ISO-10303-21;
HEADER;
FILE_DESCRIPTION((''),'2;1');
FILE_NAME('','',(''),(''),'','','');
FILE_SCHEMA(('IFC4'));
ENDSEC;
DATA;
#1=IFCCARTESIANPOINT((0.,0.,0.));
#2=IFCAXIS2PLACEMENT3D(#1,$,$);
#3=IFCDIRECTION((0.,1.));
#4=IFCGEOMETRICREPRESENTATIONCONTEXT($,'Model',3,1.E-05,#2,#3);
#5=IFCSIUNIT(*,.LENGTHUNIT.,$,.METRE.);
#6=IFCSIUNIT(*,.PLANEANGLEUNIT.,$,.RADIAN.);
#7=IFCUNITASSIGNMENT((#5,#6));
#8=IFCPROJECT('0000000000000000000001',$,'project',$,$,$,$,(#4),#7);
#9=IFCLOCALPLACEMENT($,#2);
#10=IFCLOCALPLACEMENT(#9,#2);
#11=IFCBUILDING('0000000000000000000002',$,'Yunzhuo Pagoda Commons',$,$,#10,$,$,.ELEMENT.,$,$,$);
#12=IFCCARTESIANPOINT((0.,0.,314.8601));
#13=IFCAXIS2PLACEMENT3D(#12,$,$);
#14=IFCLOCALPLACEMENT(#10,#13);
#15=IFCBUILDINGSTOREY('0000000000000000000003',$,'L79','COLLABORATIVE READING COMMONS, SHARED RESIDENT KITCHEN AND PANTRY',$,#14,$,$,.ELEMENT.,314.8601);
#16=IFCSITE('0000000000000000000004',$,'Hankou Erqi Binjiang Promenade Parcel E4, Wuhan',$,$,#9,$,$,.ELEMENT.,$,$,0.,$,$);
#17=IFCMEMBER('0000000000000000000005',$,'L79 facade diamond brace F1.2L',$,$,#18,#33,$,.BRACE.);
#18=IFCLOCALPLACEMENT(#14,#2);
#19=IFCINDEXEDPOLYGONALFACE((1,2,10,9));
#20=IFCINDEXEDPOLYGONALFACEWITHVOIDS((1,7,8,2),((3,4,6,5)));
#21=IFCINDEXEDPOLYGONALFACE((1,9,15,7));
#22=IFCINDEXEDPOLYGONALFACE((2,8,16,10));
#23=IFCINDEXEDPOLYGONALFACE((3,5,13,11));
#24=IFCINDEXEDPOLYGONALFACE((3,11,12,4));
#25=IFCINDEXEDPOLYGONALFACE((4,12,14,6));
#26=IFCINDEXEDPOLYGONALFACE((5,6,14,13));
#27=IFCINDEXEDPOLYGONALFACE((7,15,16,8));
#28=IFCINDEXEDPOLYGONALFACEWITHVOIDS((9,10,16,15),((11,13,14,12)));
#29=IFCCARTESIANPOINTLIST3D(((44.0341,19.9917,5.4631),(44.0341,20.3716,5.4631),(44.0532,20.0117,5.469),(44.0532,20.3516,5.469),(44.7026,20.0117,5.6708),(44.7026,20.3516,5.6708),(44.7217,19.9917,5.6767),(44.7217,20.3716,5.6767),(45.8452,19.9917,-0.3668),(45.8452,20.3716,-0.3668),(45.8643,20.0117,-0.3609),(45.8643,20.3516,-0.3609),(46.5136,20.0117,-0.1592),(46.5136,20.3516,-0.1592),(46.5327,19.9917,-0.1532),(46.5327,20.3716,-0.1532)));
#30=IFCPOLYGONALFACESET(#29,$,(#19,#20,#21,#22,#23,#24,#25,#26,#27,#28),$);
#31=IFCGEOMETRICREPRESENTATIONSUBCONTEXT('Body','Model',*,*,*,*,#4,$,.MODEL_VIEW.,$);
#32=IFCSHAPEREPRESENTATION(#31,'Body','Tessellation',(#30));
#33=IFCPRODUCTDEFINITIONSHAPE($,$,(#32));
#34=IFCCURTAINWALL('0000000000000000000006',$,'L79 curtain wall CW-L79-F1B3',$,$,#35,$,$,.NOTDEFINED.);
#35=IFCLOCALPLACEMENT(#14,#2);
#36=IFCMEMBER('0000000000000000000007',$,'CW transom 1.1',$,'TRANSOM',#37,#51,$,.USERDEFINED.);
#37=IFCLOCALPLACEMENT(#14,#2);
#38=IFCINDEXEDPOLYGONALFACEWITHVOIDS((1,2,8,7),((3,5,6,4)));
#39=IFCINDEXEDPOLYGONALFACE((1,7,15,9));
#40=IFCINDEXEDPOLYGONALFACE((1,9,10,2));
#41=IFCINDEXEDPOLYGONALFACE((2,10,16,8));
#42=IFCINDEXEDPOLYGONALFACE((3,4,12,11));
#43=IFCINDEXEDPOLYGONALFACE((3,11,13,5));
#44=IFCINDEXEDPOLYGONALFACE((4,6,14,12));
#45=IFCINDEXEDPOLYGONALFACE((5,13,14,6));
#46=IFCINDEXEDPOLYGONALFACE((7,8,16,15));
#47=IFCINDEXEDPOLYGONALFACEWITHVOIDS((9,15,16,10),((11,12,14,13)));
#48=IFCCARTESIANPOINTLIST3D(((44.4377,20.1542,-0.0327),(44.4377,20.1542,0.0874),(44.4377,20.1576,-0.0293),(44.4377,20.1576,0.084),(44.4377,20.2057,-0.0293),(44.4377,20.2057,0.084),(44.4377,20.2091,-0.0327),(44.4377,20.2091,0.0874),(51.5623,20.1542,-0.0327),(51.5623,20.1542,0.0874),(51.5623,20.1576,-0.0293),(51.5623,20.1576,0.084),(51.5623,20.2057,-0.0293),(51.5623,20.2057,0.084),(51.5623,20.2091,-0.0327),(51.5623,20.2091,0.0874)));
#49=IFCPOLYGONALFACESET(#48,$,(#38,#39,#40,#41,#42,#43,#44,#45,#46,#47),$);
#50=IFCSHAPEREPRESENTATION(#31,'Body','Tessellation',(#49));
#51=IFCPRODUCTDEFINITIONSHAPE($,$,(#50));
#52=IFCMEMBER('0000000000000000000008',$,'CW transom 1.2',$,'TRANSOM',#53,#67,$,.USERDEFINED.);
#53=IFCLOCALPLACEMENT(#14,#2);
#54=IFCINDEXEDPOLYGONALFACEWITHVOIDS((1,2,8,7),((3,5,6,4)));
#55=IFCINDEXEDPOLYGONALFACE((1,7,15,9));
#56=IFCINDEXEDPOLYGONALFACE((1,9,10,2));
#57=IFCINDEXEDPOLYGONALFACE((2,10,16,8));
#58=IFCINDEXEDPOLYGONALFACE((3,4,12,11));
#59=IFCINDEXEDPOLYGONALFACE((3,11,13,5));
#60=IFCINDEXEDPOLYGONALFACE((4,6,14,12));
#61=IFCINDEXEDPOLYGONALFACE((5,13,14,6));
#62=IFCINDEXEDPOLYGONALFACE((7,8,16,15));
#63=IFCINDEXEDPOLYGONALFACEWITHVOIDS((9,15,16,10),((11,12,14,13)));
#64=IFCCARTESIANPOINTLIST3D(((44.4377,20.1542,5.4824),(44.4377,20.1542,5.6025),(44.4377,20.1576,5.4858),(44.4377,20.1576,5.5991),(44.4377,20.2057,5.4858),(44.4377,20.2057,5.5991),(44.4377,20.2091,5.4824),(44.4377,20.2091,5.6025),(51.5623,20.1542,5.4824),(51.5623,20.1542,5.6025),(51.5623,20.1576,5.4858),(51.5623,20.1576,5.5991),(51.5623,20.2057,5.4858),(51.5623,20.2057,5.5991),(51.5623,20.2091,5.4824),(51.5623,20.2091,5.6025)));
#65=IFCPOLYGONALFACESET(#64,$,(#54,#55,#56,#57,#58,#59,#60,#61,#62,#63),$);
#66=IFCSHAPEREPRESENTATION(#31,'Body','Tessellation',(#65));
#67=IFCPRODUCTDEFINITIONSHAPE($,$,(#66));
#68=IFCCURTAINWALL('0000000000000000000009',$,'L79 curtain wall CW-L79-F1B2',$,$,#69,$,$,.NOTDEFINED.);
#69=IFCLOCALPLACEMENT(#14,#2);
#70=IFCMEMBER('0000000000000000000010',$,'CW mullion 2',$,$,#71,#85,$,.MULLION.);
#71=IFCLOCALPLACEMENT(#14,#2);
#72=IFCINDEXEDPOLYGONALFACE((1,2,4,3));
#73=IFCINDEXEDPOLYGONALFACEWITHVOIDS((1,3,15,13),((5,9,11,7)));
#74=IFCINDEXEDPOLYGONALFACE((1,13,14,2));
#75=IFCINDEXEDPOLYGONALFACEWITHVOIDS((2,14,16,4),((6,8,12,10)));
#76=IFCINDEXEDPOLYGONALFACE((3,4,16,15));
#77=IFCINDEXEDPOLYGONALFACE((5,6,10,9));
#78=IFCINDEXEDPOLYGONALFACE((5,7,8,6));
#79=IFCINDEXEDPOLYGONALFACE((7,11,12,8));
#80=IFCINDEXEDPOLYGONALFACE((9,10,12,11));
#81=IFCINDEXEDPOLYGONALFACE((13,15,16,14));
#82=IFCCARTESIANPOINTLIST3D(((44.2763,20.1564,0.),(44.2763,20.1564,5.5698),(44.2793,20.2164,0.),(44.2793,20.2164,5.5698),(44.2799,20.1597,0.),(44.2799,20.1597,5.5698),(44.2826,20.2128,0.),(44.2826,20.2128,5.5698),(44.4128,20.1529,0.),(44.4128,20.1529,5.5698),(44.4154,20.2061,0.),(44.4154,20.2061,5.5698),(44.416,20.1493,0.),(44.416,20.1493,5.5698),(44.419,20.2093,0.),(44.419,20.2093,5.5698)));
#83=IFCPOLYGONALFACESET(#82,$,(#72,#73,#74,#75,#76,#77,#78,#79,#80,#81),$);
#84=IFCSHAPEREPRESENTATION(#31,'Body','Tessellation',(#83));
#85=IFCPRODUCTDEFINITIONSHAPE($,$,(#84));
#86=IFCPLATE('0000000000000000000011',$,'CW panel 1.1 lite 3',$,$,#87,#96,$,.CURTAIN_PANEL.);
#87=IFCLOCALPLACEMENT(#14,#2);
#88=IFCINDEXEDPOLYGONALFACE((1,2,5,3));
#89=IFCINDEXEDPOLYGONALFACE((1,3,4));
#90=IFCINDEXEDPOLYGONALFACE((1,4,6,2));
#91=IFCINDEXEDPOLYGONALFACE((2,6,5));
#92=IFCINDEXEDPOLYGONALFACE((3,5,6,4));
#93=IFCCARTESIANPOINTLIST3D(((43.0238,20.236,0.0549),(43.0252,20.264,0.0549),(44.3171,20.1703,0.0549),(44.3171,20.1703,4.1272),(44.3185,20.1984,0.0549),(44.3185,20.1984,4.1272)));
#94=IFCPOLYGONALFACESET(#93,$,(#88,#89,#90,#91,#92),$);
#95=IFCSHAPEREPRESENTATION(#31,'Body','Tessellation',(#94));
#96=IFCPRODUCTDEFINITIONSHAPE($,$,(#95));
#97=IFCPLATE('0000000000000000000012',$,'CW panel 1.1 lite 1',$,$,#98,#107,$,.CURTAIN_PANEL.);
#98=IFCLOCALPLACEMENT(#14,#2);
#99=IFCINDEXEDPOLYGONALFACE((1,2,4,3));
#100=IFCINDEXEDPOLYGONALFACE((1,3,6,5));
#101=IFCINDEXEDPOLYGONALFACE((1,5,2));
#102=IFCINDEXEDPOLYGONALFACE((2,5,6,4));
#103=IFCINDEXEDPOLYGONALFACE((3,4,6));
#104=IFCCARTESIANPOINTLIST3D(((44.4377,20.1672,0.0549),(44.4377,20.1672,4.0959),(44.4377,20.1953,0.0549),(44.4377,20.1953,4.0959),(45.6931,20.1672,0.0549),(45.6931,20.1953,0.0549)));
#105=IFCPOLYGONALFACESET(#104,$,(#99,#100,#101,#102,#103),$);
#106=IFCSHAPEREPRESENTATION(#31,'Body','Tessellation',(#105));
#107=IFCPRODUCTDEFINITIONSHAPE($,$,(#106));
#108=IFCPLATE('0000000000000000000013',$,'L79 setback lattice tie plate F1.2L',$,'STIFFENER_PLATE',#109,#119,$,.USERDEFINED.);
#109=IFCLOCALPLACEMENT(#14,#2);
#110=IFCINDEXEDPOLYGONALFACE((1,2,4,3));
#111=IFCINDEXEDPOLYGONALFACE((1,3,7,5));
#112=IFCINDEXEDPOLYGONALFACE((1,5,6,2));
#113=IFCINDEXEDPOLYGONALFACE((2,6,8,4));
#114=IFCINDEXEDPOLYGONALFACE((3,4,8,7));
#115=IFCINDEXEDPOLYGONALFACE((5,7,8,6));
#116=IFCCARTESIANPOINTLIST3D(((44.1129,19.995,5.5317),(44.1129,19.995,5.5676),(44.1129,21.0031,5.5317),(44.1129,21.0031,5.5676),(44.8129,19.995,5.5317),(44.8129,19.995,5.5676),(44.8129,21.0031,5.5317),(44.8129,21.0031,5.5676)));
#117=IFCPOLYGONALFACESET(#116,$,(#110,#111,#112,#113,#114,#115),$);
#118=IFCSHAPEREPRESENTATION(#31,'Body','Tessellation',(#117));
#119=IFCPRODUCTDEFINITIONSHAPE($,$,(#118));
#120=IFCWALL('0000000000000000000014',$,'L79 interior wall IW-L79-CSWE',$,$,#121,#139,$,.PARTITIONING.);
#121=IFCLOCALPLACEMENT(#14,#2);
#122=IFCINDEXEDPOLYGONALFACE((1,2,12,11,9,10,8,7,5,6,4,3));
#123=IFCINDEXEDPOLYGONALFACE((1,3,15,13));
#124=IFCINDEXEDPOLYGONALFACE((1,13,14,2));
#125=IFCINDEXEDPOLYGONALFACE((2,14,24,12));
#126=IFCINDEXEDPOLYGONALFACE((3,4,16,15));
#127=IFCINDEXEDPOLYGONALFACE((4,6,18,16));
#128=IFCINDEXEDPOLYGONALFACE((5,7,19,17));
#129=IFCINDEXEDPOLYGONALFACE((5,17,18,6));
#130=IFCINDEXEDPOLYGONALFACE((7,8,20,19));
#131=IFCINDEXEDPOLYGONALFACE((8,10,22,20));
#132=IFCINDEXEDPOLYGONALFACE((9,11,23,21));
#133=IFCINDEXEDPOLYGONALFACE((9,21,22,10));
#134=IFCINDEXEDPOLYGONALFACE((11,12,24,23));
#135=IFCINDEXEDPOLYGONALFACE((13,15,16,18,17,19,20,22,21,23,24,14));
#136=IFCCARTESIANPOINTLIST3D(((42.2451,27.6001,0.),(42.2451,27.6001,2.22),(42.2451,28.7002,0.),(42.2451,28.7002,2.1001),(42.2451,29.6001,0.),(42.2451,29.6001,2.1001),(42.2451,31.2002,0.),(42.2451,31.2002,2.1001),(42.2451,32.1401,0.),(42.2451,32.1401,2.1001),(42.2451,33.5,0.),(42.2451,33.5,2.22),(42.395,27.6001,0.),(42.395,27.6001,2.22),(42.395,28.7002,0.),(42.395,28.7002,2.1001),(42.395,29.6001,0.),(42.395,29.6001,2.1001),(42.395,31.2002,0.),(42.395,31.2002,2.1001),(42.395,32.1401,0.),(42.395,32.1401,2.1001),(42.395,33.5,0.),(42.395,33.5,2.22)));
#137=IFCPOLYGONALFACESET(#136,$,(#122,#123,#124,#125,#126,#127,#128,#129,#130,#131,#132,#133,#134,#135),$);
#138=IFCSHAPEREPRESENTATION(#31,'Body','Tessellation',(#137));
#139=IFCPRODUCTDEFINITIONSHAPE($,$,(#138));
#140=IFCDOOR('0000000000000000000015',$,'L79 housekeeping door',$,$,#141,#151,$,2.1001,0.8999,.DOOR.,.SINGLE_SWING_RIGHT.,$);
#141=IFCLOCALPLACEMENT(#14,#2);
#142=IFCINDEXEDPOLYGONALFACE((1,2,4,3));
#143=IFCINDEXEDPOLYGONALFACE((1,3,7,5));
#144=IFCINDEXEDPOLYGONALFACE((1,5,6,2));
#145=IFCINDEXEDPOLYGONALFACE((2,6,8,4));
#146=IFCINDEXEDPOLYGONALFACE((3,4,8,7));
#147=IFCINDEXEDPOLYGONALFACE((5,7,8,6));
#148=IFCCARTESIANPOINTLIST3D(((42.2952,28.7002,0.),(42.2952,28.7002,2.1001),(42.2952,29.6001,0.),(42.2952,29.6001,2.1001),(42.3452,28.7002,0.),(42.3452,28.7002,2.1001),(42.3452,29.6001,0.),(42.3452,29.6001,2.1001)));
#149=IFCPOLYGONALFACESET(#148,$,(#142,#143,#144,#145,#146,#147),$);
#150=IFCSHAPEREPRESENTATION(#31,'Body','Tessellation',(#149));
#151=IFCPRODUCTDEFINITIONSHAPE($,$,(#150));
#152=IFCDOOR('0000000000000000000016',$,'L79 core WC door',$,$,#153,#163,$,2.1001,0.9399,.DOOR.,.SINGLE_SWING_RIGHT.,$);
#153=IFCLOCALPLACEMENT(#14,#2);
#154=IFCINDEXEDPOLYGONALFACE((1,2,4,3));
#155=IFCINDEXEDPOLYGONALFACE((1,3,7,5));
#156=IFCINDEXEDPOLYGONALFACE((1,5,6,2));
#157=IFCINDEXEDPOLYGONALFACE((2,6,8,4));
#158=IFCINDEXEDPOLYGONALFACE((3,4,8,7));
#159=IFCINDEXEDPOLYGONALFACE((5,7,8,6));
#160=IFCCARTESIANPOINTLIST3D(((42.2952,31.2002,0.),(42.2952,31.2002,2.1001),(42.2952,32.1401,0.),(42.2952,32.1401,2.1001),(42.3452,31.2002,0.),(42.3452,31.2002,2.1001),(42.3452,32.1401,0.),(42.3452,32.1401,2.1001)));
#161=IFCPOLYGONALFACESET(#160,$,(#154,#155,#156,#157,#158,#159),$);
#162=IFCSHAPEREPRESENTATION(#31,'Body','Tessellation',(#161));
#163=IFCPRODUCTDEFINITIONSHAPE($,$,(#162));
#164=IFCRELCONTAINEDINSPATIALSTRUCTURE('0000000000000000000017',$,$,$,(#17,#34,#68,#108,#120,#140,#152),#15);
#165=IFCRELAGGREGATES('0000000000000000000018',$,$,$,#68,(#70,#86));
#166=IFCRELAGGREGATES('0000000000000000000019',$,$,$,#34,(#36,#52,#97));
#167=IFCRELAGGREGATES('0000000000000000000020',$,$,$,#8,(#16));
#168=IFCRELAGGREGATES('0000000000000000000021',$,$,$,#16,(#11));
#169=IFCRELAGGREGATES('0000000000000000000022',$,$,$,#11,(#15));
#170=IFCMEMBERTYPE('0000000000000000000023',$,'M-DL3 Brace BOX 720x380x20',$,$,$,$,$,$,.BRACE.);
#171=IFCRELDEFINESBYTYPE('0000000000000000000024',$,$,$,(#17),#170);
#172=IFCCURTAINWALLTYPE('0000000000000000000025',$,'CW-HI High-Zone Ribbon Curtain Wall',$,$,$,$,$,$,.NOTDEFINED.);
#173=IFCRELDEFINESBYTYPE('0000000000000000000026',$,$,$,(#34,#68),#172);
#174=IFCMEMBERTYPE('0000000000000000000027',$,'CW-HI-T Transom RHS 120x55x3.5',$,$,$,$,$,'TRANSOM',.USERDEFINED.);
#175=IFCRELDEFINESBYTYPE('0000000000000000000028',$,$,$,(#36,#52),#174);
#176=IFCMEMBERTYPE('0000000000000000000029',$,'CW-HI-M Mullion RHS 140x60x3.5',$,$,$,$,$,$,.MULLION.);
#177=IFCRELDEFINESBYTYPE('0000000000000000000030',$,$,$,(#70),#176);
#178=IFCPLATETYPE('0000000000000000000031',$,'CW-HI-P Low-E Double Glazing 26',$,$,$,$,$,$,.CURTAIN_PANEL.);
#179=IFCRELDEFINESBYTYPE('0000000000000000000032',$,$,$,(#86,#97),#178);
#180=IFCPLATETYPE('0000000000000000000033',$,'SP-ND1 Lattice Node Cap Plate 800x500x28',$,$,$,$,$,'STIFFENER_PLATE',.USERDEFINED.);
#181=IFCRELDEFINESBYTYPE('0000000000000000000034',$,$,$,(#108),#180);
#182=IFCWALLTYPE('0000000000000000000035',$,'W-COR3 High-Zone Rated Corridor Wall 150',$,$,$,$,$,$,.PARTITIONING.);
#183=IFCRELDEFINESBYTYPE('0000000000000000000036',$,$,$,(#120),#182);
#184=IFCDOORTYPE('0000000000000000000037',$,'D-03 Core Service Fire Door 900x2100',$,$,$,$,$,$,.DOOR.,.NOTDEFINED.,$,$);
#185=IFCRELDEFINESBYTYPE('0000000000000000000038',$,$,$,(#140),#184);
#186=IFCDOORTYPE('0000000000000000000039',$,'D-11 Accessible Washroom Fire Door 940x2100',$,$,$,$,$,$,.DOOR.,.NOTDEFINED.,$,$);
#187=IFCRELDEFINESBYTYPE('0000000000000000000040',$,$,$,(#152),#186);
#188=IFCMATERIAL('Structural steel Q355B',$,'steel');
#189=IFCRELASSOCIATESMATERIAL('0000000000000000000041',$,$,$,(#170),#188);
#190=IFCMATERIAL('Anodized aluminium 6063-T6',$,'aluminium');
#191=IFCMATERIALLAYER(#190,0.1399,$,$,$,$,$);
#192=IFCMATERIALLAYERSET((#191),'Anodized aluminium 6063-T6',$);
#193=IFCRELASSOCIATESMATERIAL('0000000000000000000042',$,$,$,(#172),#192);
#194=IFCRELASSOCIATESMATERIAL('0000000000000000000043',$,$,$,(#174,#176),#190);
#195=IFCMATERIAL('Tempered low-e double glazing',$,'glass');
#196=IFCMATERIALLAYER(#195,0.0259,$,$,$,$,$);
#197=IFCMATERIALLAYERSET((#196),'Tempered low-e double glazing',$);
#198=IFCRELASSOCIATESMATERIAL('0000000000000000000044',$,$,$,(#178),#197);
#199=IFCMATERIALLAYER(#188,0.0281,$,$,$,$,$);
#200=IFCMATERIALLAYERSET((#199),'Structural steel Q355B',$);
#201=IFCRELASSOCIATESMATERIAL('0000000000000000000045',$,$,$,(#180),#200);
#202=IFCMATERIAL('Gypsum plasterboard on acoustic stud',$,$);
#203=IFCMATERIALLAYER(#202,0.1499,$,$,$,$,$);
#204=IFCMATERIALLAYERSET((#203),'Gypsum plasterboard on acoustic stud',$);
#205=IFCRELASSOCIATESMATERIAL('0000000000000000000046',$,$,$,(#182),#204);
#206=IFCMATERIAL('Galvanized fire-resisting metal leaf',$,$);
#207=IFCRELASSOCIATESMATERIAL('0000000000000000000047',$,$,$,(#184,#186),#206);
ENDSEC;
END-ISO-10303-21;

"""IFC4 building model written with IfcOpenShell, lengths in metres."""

from ifc_helpers import new_model, si_unit, direction, frame, frame_2d, origin, origin_with_axes, origin_2d, place, context, subcontext, project, spatial, polyline, rectangle, hollow_rectangle, outline, extrude, source, transform, mapped, material, layer, layer_set, material_profile, profile_set, type_object, element, fill, aggregate, save


model = new_model("IFC4")

# Units and contexts
model_context = context("Model", 3, precision=1e-05, world=origin(), true_north=direction((0.0, 1.0)))
body_context = subcontext(model_context, "Body", "Model", "MODEL_VIEW")
ifc_project = project(units=[si_unit("LENGTHUNIT", "METRE"), si_unit("PLANEANGLEUNIT", "RADIAN")], contexts=[model_context])

# Site, building, storey
site_placement = place(None, origin())
site = spatial("IfcSite", under=ifc_project, at=site_placement, Name="Hankou Erqi Binjiang Promenade Parcel E4, Wuhan", CompositionType="ELEMENT", RefElevation=0.0)
building_placement = place(site_placement, origin())
building = spatial("IfcBuilding", under=site, at=building_placement, Name="Yunzhuo Pagoda Commons", CompositionType="ELEMENT")
storey_placement = place(building_placement, frame((0.0, 0.0, 314.8601)))
storey = spatial("IfcBuildingStorey", under=building, at=storey_placement, Name="L79", Description="COLLABORATIVE READING COMMONS, SHARED RESIDENT KITCHEN AND PANTRY", CompositionType="ELEMENT", Elevation=314.8601)

# Shared definitions
ifc_material_1 = material(Name="Structural steel Q355B", Category="steel")

# Member
ifc_material_profile_1 = material_profile(ifc_material_1, hollow_rectangle(XDim=0.3799, YDim=0.72, WallThickness=0.02, at=origin_2d()), Name="Structural steel Q355B")
ifc_profile_set_1 = profile_set([ifc_material_profile_1], Name="Structural steel Q355B")
member_type_1 = type_object("IfcMemberType", Name="M-DL3 Brace BOX 720x380x20", PredefinedType="BRACE", material=ifc_profile_set_1)
shared_shape_1 = source(origin(), body_context, "Body", "SweptSolid", [
    extrude(hollow_rectangle(XDim=0.3799, YDim=0.72, WallThickness=0.02, at=origin_2d()), origin(), (0.0, 0.0, 1.0), 6.1047),
])
member_1_placement = place(storey_placement, frame((46.189, 20.1816, -0.26), z_axis=(-0.296665, 0.0, 0.954982), x_axis=(0.0, -1.0, 0.0)))
element("IfcMember", 1, at=member_1_placement, inside=storey, type_object=member_type_1, Name="L79 facade diamond brace F1.2L", PredefinedType="BRACE", context=body_context, shape_type="MappedRepresentation", body=[
    mapped(shared_shape_1, transform((0.0, 0.0, 0.0), scale=1.0)),
])

# Curtain wall, members
ifc_material_2 = material(Name="Anodized aluminium 6063-T6", Category="aluminium")
ifc_layer_1 = layer(ifc_material_2, 0.1399)
ifc_layer_set_1 = layer_set([ifc_layer_1], Name="Anodized aluminium 6063-T6")
curtain_wall_type = type_object("IfcCurtainWallType", Name="CW-HI High-Zone Ribbon Curtain Wall", PredefinedType="NOTDEFINED", material=ifc_layer_set_1)
curtain_wall_1_placement = place(storey_placement, origin())
curtain_wall_1 = element("IfcCurtainWall", 2, at=curtain_wall_1_placement, inside=storey, type_object=curtain_wall_type, Name="L79 curtain wall CW-L79-F1B3", PredefinedType="NOTDEFINED")
ifc_material_profile_2 = material_profile(ifc_material_2, hollow_rectangle(XDim=0.0549, YDim=0.1201, WallThickness=0.0034, at=origin_2d()), Name="Anodized aluminium 6063-T6")
ifc_profile_set_2 = profile_set([ifc_material_profile_2], Name="Anodized aluminium 6063-T6")
member_type_2 = type_object("IfcMemberType", Name="CW-HI-T Transom RHS 120x55x3.5", ElementType="TRANSOM", PredefinedType="USERDEFINED", material=ifc_profile_set_2)
shared_shape_2 = source(origin(), body_context, "Body", "SweptSolid", [
    extrude(hollow_rectangle(XDim=0.0549, YDim=0.1201, WallThickness=0.0034, at=origin_2d()), origin(), (0.0, 0.0, 1.0), 7.1245),
])
member_2_placement = place(storey_placement, frame((44.4377, 20.1816, 0.0273), z_axis=(1.0, 0.0, 0.0), x_axis=(0.0, 1.0, 0.0)))
member_2 = element("IfcMember", 3, at=member_2_placement, type_object=member_type_2, Name="CW transom 1.1", ObjectType="TRANSOM", PredefinedType="USERDEFINED", context=body_context, shape_type="MappedRepresentation", body=[
    mapped(shared_shape_2, transform((0.0, 0.0, 0.0), scale=1.0)),
])
member_3_placement = place(storey_placement, frame((44.4377, 20.1816, 5.5425), z_axis=(1.0, 0.0, 0.0), x_axis=(0.0, 1.0, 0.0)))
member_3 = element("IfcMember", 4, at=member_3_placement, type_object=member_type_2, Name="CW transom 1.2", ObjectType="TRANSOM", PredefinedType="USERDEFINED", context=body_context, shape_type="MappedRepresentation", body=[
    mapped(shared_shape_2, transform((0.0, 0.0, 0.0), scale=1.0)),
])

# Curtain wall, member, plate
curtain_wall_2_placement = place(storey_placement, origin())
curtain_wall_2 = element("IfcCurtainWall", 5, at=curtain_wall_2_placement, inside=storey, type_object=curtain_wall_type, Name="L79 curtain wall CW-L79-F1B2", PredefinedType="NOTDEFINED")
ifc_material_profile_3 = material_profile(ifc_material_2, hollow_rectangle(XDim=0.0601, YDim=0.1399, WallThickness=0.0034, at=origin_2d()), Name="Anodized aluminium 6063-T6")
ifc_profile_set_3 = profile_set([ifc_material_profile_3], Name="Anodized aluminium 6063-T6")
member_type_3 = type_object("IfcMemberType", Name="CW-HI-M Mullion RHS 140x60x3.5", PredefinedType="MULLION", material=ifc_profile_set_3)
shared_shape_3 = source(origin(), body_context, "Body", "SweptSolid", [
    extrude(hollow_rectangle(XDim=0.0601, YDim=0.1399, WallThickness=0.0034, at=origin_2d()), origin(), (0.0, 0.0, 1.0), 5.5698),
])
member_4_placement = place(storey_placement, frame((44.3477, 20.1829, 0.0), z_axis=(0.0, 0.0, 1.0), x_axis=(0.050692, 0.998714, 0.0)))
member_4 = element("IfcMember", 6, at=member_4_placement, type_object=member_type_3, Name="CW mullion 2", PredefinedType="MULLION", context=body_context, shape_type="MappedRepresentation", body=[
    mapped(shared_shape_3, transform((0.0, 0.0, 0.0), scale=1.0)),
])
ifc_material_3 = material(Name="Tempered low-e double glazing", Category="glass")
ifc_layer_2 = layer(ifc_material_3, 0.0259)
ifc_layer_set_2 = layer_set([ifc_layer_2], Name="Tempered low-e double glazing")
plate_type_1 = type_object("IfcPlateType", Name="CW-HI-P Low-E Double Glazing 26", PredefinedType="CURTAIN_PANEL", material=ifc_layer_set_2)
plate_1_placement = place(storey_placement, frame((43.6719, 20.2312, 2.0911), z_axis=(-0.050692, -0.998714, 0.0), x_axis=(0.998714, -0.050692, 0.0)))
plate_1 = element("IfcPlate", 7, at=plate_1_placement, type_object=plate_type_1, Name="CW panel 1.1 lite 3", PredefinedType="CURTAIN_PANEL", context=body_context, shape_type="SweptSolid", body=[
    extrude(outline(polyline([(-0.6475, -2.0361), (0.6475, -2.0361), (0.6475, 2.0361), (-0.6475, -2.0361)])), origin(), (0.0, 0.0, 1.0), 0.0281),
])
aggregate(curtain_wall_2, [member_4, plate_1])

# Plates
plate_2_placement = place(storey_placement, frame((45.0654, 20.1953, 2.0754), z_axis=(0.0, -1.0, 0.0), x_axis=(1.0, 0.0, 0.0)))
plate_2 = element("IfcPlate", 8, at=plate_2_placement, type_object=plate_type_1, Name="CW panel 1.1 lite 1", PredefinedType="CURTAIN_PANEL", context=body_context, shape_type="SweptSolid", body=[
    extrude(outline(polyline([(-0.6277, -2.0205), (0.6277, -2.0205), (-0.6277, 2.0205), (-0.6277, -2.0205)])), origin(), (0.0, 0.0, 1.0), 0.0281),
])
aggregate(curtain_wall_1, [member_2, member_3, plate_2])
ifc_layer_3 = layer(ifc_material_1, 0.0281)
ifc_layer_set_3 = layer_set([ifc_layer_3], Name="Structural steel Q355B")
plate_type_2 = type_object("IfcPlateType", Name="SP-ND1 Lattice Node Cap Plate 800x500x28", ElementType="STIFFENER_PLATE", PredefinedType="USERDEFINED", material=ifc_layer_set_3)
shared_shape_4 = source(origin(), body_context, "Body", "SweptSolid", [
    extrude(rectangle(XDim=0.7, YDim=1.0081, at=origin_2d()), origin(), (0.0, 0.0, 1.0), 0.0359),
])
plate_3_placement = place(storey_placement, frame((44.4629, 20.499, 5.5317), z_axis=(0.0, 0.0, 1.0), x_axis=(1.0, 0.0, 0.0)))
element("IfcPlate", 9, at=plate_3_placement, inside=storey, type_object=plate_type_2, Name="L79 setback lattice tie plate F1.2L", ObjectType="STIFFENER_PLATE", PredefinedType="USERDEFINED", context=body_context, shape_type="MappedRepresentation", body=[
    mapped(shared_shape_4, transform((0.0, 0.0, 0.0), scale=1.0)),
])

# Wall, openings, doors
ifc_material_4 = material(Name="Gypsum plasterboard on acoustic stud")
ifc_layer_4 = layer(ifc_material_4, 0.1499)
ifc_layer_set_4 = layer_set([ifc_layer_4], Name="Gypsum plasterboard on acoustic stud")
wall_type_1 = type_object("IfcWallType", Name="W-COR3 High-Zone Rated Corridor Wall 150", PredefinedType="PARTITIONING", material=ifc_layer_set_4)
wall_1_placement = place(storey_placement, frame((42.3201, 27.6001, 0.0), z_axis=(0.0, 0.0, 1.0), x_axis=(0.0, 1.0, 0.0)))
wall_1 = element("IfcWall", 10, at=wall_1_placement, inside=storey, type_object=wall_type_1, Name="L79 interior wall IW-L79-CSWE", PredefinedType="PARTITIONING", context=body_context, shape_type="SweptSolid", body=[
    extrude(rectangle(XDim=5.8999, YDim=0.1499, at=frame_2d((2.95, 0.0))), origin(), (0.0, 0.0, 1.0), 2.22),
])
opening_1_placement = place(wall_1_placement, frame((1.1001, 0.0, 0.0)))
opening_1 = element("IfcOpeningElement", 11, at=opening_1_placement, cuts=wall_1, PredefinedType="OPENING", context=body_context, shape_type="SweptSolid", body=[
    extrude(rectangle(XDim=0.8999, YDim=2.1001, at=frame_2d((0.45, 1.05))), frame((0.0, 0.085, 0.0), z_axis=(0.0, -1.0, 0.0), x_axis=(1.0, 0.0, 0.0)), (0.0, 0.0, 1.0), 0.1699),
])
opening_2_placement = place(wall_1_placement, frame((3.6001, 0.0, 0.0)))
opening_2 = element("IfcOpeningElement", 12, at=opening_2_placement, cuts=wall_1, PredefinedType="OPENING", context=body_context, shape_type="SweptSolid", body=[
    extrude(rectangle(XDim=0.9399, YDim=2.1001, at=frame_2d((0.47, 1.05))), frame((0.0, 0.085, 0.0), z_axis=(0.0, -1.0, 0.0), x_axis=(1.0, 0.0, 0.0)), (0.0, 0.0, 1.0), 0.1699),
])
ifc_material_5 = material(Name="Galvanized fire-resisting metal leaf")
door_type_1 = type_object("IfcDoorType", Name="D-03 Core Service Fire Door 900x2100", OperationType="NOTDEFINED", PredefinedType="DOOR", material=ifc_material_5)
shared_shape_5 = source(origin(), body_context, "Body", "SweptSolid", [
    extrude(rectangle(XDim=0.8999, YDim=2.1001, at=frame_2d((0.45, 1.05))), frame((0.0, 0.0249, 0.0), z_axis=(0.0, -1.0, 0.0), x_axis=(1.0, 0.0, 0.0)), (0.0, 0.0, 1.0), 0.05),
])
door_1_placement = place(opening_1_placement, origin_with_axes())
door_1 = element("IfcDoor", 13, at=door_1_placement, inside=storey, type_object=door_type_1, Name="L79 housekeeping door", OperationType="SINGLE_SWING_RIGHT", OverallHeight=2.1001, OverallWidth=0.8999, PredefinedType="DOOR", context=body_context, shape_type="MappedRepresentation", body=[
    mapped(shared_shape_5, transform((0.0, 0.0, 0.0), scale=1.0)),
])
fill(opening_1, door_1)
door_type_2 = type_object("IfcDoorType", Name="D-11 Accessible Washroom Fire Door 940x2100", OperationType="NOTDEFINED", PredefinedType="DOOR", material=ifc_material_5)
shared_shape_6 = source(origin(), body_context, "Body", "SweptSolid", [
    extrude(rectangle(XDim=0.9399, YDim=2.1001, at=frame_2d((0.47, 1.05))), frame((0.0, 0.0249, 0.0), z_axis=(0.0, -1.0, 0.0), x_axis=(1.0, 0.0, 0.0)), (0.0, 0.0, 1.0), 0.05),
])
door_2_placement = place(opening_2_placement, origin_with_axes())
door_2 = element("IfcDoor", 14, at=door_2_placement, inside=storey, type_object=door_type_2, Name="L79 core WC door", OperationType="SINGLE_SWING_RIGHT", OverallHeight=2.1001, OverallWidth=0.9399, PredefinedType="DOOR", context=body_context, shape_type="MappedRepresentation", body=[
    mapped(shared_shape_6, transform((0.0, 0.0, 0.0), scale=1.0)),
])
fill(opening_2, door_2)

save(model, "model.ifc")
